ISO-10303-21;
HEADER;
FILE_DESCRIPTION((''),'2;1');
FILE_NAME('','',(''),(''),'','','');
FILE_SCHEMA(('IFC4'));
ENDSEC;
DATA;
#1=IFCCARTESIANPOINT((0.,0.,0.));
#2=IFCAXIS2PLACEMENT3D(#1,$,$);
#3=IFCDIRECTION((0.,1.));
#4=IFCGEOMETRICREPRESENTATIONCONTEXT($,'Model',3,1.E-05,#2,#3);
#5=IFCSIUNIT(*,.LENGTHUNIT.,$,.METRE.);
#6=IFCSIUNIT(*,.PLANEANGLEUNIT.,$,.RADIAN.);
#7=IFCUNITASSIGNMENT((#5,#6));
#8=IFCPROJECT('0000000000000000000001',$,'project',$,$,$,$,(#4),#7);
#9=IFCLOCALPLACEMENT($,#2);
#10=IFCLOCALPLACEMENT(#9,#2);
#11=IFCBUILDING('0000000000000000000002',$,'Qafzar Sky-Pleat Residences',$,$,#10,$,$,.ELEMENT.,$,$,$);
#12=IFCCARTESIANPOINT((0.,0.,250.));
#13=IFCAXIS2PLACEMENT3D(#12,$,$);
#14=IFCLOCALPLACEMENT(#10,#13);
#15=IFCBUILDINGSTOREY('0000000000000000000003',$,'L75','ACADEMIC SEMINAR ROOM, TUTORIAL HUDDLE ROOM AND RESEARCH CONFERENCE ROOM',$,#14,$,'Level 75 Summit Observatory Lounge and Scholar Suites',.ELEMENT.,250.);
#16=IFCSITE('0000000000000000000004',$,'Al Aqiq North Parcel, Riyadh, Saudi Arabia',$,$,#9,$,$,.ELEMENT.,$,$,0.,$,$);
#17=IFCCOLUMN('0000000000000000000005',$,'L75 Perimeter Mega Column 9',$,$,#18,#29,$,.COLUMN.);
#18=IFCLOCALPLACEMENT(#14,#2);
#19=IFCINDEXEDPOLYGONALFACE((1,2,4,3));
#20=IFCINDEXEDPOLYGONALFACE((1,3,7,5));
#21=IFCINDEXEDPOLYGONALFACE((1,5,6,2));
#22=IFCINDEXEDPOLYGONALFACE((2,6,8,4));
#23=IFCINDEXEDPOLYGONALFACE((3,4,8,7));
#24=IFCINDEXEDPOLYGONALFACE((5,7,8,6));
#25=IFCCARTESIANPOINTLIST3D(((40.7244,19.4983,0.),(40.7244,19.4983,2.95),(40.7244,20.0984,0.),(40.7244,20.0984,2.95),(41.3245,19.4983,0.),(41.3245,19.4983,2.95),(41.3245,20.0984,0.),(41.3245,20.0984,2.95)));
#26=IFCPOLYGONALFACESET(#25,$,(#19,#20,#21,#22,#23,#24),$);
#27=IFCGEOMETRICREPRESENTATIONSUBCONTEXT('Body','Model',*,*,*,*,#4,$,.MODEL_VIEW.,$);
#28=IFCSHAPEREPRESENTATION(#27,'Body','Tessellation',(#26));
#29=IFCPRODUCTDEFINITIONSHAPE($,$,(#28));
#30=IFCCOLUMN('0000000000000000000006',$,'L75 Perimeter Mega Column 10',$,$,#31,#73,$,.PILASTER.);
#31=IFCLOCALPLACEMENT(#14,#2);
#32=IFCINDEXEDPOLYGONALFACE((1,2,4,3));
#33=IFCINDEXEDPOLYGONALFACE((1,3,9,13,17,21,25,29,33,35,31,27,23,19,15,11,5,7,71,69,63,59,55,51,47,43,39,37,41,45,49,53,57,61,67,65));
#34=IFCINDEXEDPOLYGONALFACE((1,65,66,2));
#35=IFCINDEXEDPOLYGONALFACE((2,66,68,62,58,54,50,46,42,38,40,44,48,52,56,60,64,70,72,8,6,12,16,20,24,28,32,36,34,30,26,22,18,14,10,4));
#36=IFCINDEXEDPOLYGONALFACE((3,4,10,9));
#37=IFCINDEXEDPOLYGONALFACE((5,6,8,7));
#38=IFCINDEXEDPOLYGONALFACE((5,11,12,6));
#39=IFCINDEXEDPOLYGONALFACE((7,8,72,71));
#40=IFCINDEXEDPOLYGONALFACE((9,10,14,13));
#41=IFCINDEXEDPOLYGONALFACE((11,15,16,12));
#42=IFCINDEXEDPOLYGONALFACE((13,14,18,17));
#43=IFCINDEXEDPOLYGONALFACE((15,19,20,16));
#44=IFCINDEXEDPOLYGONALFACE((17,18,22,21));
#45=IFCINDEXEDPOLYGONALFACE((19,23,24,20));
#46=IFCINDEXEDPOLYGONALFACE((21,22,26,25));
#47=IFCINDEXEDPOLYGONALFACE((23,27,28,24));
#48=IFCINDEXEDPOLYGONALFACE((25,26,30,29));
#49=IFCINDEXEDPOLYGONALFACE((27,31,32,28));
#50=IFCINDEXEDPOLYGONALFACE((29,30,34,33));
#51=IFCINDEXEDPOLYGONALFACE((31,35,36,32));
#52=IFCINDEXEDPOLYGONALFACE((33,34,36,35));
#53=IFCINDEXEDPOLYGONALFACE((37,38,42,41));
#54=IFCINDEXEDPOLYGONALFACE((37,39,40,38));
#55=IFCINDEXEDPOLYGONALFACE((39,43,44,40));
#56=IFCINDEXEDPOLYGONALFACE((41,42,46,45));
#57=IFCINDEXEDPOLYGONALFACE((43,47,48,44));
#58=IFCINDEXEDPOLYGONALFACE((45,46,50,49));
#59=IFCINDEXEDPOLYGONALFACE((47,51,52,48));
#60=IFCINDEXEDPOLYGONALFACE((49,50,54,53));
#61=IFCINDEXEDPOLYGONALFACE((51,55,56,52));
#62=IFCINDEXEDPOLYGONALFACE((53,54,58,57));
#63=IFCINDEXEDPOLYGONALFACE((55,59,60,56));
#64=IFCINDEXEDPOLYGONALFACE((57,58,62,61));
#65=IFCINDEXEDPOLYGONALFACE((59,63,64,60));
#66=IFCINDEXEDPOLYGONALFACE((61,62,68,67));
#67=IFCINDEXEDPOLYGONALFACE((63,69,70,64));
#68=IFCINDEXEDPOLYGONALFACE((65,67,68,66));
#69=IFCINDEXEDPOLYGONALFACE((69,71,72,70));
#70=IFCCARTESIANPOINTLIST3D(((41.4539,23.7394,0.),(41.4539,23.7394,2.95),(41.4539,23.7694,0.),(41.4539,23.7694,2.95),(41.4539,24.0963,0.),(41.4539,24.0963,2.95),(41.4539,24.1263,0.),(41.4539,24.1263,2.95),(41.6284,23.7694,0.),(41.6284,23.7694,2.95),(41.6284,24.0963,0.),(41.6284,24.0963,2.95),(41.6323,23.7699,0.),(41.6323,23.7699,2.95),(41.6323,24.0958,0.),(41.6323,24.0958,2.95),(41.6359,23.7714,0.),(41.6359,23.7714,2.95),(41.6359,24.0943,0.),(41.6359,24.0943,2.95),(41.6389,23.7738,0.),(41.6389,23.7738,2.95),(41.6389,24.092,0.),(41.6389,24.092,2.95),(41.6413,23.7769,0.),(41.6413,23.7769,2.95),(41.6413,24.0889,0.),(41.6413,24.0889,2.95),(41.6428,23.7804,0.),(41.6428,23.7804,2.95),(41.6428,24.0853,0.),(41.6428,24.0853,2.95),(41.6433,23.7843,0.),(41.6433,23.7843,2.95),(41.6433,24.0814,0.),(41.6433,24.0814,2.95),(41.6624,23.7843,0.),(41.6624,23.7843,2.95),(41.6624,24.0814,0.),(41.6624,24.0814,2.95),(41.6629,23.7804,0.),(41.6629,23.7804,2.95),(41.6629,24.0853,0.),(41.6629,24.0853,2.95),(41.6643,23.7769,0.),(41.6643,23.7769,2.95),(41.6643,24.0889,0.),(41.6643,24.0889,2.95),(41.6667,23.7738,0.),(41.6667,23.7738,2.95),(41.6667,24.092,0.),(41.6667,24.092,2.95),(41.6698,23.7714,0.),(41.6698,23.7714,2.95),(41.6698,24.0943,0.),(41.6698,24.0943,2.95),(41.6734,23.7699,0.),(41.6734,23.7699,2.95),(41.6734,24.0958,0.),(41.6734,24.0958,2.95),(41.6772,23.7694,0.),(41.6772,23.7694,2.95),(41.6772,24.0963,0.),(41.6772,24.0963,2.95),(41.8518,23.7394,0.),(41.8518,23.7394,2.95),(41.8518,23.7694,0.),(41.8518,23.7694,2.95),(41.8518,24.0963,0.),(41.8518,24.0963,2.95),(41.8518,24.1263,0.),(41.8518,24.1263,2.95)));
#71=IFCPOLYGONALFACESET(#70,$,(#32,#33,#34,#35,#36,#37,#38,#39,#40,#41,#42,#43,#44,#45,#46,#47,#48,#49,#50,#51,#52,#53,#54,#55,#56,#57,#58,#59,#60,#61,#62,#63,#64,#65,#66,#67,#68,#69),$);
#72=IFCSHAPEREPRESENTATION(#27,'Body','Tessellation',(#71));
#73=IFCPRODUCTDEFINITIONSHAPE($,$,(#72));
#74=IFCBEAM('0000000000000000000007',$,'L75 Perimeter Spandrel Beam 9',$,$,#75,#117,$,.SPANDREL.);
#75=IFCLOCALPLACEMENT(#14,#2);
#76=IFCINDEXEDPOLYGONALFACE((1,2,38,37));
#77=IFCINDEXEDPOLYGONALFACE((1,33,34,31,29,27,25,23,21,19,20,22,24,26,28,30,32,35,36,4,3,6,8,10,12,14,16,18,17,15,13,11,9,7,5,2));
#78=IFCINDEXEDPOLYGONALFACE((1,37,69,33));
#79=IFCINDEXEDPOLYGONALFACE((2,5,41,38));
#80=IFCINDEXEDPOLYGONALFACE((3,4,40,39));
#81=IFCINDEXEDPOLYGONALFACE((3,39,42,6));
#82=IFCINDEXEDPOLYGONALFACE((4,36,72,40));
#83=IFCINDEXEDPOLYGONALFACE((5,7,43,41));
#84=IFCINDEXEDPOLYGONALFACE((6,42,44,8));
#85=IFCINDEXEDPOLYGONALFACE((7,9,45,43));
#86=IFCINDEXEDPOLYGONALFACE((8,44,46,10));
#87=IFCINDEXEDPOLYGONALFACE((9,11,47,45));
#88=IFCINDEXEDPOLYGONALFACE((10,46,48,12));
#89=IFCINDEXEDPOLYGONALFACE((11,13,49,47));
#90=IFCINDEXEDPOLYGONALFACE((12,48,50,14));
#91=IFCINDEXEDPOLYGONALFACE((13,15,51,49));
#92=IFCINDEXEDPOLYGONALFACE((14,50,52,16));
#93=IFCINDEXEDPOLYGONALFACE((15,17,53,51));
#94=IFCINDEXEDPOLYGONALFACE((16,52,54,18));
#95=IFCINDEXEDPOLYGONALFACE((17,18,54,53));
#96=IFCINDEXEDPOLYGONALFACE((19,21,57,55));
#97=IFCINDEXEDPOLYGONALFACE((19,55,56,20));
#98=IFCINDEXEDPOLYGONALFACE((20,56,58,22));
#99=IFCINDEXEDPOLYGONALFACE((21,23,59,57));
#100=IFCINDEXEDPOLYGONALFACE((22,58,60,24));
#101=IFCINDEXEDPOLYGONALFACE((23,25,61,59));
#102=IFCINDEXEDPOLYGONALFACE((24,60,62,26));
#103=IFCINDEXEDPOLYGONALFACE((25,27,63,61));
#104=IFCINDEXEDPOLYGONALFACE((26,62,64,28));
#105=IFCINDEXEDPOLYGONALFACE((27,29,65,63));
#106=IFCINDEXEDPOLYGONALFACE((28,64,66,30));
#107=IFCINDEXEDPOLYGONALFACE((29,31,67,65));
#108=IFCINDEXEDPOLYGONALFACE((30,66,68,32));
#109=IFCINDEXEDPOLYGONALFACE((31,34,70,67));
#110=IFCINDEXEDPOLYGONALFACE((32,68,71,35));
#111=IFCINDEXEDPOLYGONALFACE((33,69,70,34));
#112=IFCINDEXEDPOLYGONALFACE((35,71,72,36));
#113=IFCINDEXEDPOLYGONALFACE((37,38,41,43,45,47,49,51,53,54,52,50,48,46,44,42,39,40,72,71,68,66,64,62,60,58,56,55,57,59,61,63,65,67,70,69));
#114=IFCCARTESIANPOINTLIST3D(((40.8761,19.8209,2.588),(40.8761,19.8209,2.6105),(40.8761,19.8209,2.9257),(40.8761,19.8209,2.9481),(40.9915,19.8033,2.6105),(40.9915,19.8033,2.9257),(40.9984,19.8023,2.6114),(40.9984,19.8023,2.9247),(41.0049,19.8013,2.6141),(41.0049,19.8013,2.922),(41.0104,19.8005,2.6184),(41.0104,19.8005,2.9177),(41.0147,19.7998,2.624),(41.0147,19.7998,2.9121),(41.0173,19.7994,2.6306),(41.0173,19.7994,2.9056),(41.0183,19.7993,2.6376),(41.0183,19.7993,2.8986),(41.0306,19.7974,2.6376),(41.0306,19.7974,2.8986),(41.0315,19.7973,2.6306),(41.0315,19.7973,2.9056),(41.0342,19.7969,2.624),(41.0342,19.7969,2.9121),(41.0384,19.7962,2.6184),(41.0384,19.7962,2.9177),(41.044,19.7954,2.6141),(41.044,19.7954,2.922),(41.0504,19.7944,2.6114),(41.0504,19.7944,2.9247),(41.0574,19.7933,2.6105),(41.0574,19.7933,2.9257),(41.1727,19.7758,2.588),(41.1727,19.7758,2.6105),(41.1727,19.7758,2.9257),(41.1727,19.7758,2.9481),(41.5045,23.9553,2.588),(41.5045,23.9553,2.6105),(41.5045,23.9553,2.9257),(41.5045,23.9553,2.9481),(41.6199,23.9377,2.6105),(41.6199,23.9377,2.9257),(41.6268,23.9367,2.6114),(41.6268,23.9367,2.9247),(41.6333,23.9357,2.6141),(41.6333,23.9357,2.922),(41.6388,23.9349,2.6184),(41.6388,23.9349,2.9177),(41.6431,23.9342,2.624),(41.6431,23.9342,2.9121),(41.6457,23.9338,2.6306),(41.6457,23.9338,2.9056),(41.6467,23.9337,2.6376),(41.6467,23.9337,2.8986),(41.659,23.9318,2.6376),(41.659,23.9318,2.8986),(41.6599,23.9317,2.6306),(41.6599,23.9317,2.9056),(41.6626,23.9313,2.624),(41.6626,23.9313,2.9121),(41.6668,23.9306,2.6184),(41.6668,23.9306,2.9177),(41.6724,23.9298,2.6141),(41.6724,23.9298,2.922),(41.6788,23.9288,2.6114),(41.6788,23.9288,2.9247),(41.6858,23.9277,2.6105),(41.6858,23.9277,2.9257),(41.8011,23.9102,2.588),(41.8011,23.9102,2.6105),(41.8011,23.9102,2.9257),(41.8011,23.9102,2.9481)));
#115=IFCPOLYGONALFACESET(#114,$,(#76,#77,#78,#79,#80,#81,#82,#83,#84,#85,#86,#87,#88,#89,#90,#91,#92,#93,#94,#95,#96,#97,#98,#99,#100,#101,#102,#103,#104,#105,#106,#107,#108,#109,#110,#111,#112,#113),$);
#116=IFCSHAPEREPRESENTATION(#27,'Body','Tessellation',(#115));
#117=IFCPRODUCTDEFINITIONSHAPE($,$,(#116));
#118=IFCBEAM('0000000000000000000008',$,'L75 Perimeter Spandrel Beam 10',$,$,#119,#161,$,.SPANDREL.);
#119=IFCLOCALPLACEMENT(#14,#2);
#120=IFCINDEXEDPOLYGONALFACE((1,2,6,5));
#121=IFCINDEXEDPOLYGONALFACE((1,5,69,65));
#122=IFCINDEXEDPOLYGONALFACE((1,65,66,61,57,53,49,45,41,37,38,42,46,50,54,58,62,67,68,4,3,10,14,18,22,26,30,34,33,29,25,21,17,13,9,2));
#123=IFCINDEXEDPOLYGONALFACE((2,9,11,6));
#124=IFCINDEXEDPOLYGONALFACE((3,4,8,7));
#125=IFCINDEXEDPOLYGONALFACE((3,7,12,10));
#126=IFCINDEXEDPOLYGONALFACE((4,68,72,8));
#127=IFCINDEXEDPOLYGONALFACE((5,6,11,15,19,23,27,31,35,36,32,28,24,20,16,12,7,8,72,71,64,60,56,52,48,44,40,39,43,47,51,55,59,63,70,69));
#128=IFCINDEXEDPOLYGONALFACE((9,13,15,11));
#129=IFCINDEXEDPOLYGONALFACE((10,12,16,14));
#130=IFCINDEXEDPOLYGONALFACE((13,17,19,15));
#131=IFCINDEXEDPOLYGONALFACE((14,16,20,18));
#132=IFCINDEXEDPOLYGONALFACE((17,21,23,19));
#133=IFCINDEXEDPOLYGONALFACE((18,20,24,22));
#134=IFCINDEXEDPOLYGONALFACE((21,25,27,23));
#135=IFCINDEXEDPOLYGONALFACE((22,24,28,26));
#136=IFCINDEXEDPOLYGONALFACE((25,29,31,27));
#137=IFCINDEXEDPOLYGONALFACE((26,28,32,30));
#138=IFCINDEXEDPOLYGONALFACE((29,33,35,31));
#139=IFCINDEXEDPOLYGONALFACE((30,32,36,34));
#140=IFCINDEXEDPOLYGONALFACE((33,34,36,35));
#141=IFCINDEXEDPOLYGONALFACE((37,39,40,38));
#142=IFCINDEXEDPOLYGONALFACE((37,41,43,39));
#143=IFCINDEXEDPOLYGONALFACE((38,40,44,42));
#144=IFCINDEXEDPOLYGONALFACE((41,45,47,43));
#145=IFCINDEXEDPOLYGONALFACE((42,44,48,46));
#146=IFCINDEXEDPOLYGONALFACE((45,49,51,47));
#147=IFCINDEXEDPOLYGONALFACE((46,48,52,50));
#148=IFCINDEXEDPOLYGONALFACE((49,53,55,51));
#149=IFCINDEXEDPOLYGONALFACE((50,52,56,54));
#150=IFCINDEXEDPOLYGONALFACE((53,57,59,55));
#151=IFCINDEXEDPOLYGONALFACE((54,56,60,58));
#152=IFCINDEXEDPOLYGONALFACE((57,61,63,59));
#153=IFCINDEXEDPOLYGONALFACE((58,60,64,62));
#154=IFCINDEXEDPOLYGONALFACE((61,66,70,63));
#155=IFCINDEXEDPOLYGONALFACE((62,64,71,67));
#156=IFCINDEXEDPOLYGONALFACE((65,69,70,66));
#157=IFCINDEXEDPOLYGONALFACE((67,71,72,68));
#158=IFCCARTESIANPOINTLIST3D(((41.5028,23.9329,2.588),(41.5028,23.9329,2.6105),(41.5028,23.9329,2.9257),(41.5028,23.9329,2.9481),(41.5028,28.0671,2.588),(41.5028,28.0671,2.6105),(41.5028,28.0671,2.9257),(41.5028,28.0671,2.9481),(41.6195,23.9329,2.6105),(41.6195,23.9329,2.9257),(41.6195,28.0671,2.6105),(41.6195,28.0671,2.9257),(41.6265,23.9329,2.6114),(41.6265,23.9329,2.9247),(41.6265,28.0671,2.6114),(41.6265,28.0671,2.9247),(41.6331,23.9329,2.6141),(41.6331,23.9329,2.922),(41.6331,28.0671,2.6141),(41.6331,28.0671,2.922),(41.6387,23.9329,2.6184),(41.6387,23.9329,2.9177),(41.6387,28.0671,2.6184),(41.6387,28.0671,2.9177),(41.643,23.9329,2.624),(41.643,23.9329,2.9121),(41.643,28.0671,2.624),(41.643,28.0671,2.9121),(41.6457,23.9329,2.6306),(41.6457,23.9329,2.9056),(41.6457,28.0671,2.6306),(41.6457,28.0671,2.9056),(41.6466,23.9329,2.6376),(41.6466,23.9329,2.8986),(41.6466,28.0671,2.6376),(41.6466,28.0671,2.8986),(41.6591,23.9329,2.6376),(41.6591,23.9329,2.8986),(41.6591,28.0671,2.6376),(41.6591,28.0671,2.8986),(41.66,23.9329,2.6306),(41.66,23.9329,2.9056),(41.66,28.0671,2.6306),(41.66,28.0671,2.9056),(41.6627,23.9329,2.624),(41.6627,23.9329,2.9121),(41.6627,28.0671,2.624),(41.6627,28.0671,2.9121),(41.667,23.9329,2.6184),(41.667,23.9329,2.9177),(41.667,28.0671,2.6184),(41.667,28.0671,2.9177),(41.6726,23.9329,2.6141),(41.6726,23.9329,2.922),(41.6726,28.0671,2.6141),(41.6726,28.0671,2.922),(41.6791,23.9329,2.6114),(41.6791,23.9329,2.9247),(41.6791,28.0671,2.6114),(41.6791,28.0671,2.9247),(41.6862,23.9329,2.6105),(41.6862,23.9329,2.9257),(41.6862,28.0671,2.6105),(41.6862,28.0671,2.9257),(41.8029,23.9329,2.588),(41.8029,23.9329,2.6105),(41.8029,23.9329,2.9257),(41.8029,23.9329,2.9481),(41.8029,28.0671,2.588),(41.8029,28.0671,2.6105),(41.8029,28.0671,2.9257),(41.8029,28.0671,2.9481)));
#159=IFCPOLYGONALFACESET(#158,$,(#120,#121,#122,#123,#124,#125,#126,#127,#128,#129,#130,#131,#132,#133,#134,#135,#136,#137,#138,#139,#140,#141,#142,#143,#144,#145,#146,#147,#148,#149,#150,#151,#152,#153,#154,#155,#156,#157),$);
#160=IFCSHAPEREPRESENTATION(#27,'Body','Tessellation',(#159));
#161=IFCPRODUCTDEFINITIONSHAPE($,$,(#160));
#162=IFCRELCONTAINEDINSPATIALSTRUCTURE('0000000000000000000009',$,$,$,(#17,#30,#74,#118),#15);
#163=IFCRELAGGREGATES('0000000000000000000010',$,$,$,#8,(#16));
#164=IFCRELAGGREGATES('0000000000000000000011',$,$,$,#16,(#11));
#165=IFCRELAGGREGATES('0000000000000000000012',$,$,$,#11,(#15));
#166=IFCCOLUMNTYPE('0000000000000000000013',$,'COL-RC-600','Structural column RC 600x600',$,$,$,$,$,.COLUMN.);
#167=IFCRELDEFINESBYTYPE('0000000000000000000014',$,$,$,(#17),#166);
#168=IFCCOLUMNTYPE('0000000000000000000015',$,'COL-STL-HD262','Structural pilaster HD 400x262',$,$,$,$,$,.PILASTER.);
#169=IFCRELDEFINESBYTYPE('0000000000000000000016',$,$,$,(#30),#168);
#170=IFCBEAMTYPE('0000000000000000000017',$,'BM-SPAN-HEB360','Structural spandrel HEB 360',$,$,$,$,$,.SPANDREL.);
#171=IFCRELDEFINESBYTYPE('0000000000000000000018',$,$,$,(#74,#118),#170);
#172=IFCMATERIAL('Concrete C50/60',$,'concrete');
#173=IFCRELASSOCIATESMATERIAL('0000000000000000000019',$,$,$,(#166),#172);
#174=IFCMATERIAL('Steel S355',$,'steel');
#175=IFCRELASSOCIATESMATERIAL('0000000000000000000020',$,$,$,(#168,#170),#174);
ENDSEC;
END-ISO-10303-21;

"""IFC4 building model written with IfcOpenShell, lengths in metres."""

from ifc_helpers import new_model, si_unit, direction, frame, origin, origin_2d, place, context, subcontext, project, spatial, rectangle, i_section, extrude, source, transform, mapped, material, material_profile, profile_set, type_object, element, save


model = new_model("IFC4")

# Units and contexts
model_context = context("Model", 3, precision=1e-05, world=origin(), true_north=direction((0.0, 1.0)))
body_context = subcontext(model_context, "Body", "Model", "MODEL_VIEW")
ifc_project = project(units=[si_unit("LENGTHUNIT", "METRE"), si_unit("PLANEANGLEUNIT", "RADIAN")], contexts=[model_context])

# Site, building, storey
site_placement = place(None, origin())
site = spatial("IfcSite", under=ifc_project, at=site_placement, Name="Al Aqiq North Parcel, Riyadh, Saudi Arabia", CompositionType="ELEMENT", RefElevation=0.0)
building_placement = place(site_placement, origin())
building = spatial("IfcBuilding", under=site, at=building_placement, Name="Qafzar Sky-Pleat Residences", CompositionType="ELEMENT")
storey_placement = place(building_placement, frame((0.0, 0.0, 250.0)))
storey = spatial("IfcBuildingStorey", under=building, at=storey_placement, Name="L75", Description="ACADEMIC SEMINAR ROOM, TUTORIAL HUDDLE ROOM AND RESEARCH CONFERENCE ROOM", LongName="Level 75 Summit Observatory Lounge and Scholar Suites", CompositionType="ELEMENT", Elevation=250.0)

# Columns
ifc_material_1 = material(Name="Concrete C50/60", Category="concrete")
ifc_material_profile_1 = material_profile(ifc_material_1, rectangle(XDim=0.6001, YDim=0.6001, at=origin_2d()), Name="RC 600x600")
ifc_profile_set_1 = profile_set([ifc_material_profile_1], Name="Concrete C50/60")
column_type_1 = type_object("IfcColumnType", Name="COL-RC-600", Description="Structural column RC 600x600", PredefinedType="COLUMN", material=ifc_profile_set_1)
shared_shape_1 = source(origin(), body_context, "Body", "SweptSolid", [
    extrude(rectangle(XDim=0.6001, YDim=0.6001, at=origin_2d()), origin(), (0.0, 0.0, 1.0), 2.95),
])
column_1_placement = place(storey_placement, frame((41.0244, 19.7983, 0.0), z_axis=(0.0, 0.0, 1.0), x_axis=(1.0, 0.0, 0.0)))
element("IfcColumn", 1, at=column_1_placement, inside=storey, type_object=column_type_1, Name="L75 Perimeter Mega Column 9", PredefinedType="COLUMN", context=body_context, shape_type="MappedRepresentation", body=[
    mapped(shared_shape_1, transform((0.0, 0.0, 0.0), x_axis=(1.0, 0.0, 0.0), y_axis=(0.0, 1.0, 0.0), z_axis=(0.0, 0.0, 1.0), scale=1.0)),
])
ifc_material_2 = material(Name="Steel S355", Category="steel")
ifc_material_profile_2 = material_profile(ifc_material_2, i_section(OverallWidth=0.3979, OverallDepth=0.387, WebThickness=0.019, FlangeThickness=0.03, FilletRadius=0.0149, at=origin_2d()), Name="HD 400x262")
ifc_profile_set_2 = profile_set([ifc_material_profile_2], Name="Steel S355")
column_type_2 = type_object("IfcColumnType", Name="COL-STL-HD262", Description="Structural pilaster HD 400x262", PredefinedType="PILASTER", material=ifc_profile_set_2)
shared_shape_2 = source(origin(), body_context, "Body", "SweptSolid", [
    extrude(i_section(OverallWidth=0.3979, OverallDepth=0.387, WebThickness=0.019, FlangeThickness=0.03, FilletRadius=0.0149, at=origin_2d()), origin(), (0.0, 0.0, 1.0), 2.95),
])
column_2_placement = place(storey_placement, frame((41.6528, 23.9329, 0.0), z_axis=(0.0, 0.0, 1.0), x_axis=(1.0, 0.0, 0.0)))
element("IfcColumn", 2, at=column_2_placement, inside=storey, type_object=column_type_2, Name="L75 Perimeter Mega Column 10", PredefinedType="PILASTER", context=body_context, shape_type="MappedRepresentation", body=[
    mapped(shared_shape_2, transform((0.0, 0.0, 0.0), x_axis=(1.0, 0.0, 0.0), y_axis=(0.0, 1.0, 0.0), z_axis=(0.0, 0.0, 1.0), scale=1.0)),
])

# Beams
ifc_material_profile_3 = material_profile(ifc_material_2, i_section(OverallWidth=0.3, OverallDepth=0.3601, WebThickness=0.0125, FlangeThickness=0.0225, FilletRadius=0.0271, at=origin_2d()), Name="HEB 360")
ifc_profile_set_3 = profile_set([ifc_material_profile_3], Name="Steel S355")
beam_type_1 = type_object("IfcBeamType", Name="BM-SPAN-HEB360", Description="Structural spandrel HEB 360", PredefinedType="SPANDREL", material=ifc_profile_set_3)
shared_shape_3 = source(origin(), body_context, "Body", "SweptSolid", [
    extrude(i_section(OverallWidth=0.3, OverallDepth=0.3601, WebThickness=0.0125, FlangeThickness=0.0225, FilletRadius=0.0271, at=origin_2d()), origin(), (0.0, 0.0, 1.0), 4.1819),
])
beam_1_placement = place(storey_placement, frame((41.0244, 19.7983, 2.7681), z_axis=(0.150267, 0.988645, 0.0), x_axis=(-0.988645, 0.150267, 0.0)))
element("IfcBeam", 3, at=beam_1_placement, inside=storey, type_object=beam_type_1, Name="L75 Perimeter Spandrel Beam 9", PredefinedType="SPANDREL", context=body_context, shape_type="MappedRepresentation", body=[
    mapped(shared_shape_3, transform((0.0, 0.0, 0.0), x_axis=(1.0, 0.0, 0.0), y_axis=(0.0, 1.0, 0.0), z_axis=(0.0, 0.0, 1.0), scale=1.0)),
])
shared_shape_4 = source(origin(), body_context, "Body", "SweptSolid", [
    extrude(i_section(OverallWidth=0.3, OverallDepth=0.3601, WebThickness=0.0125, FlangeThickness=0.0225, FilletRadius=0.0271, at=origin_2d()), origin(), (0.0, 0.0, 1.0), 4.1343),
])
beam_2_placement = place(storey_placement, frame((41.6528, 23.9329, 2.7681), z_axis=(0.0, 1.0, 0.0), x_axis=(-1.0, 0.0, 0.0)))
element("IfcBeam", 4, at=beam_2_placement, inside=storey, type_object=beam_type_1, Name="L75 Perimeter Spandrel Beam 10", PredefinedType="SPANDREL", context=body_context, shape_type="MappedRepresentation", body=[
    mapped(shared_shape_4, transform((0.0, 0.0, 0.0), x_axis=(1.0, 0.0, 0.0), y_axis=(0.0, 1.0, 0.0), z_axis=(0.0, 0.0, 1.0), scale=1.0)),
])

save(model, "model.ifc")
